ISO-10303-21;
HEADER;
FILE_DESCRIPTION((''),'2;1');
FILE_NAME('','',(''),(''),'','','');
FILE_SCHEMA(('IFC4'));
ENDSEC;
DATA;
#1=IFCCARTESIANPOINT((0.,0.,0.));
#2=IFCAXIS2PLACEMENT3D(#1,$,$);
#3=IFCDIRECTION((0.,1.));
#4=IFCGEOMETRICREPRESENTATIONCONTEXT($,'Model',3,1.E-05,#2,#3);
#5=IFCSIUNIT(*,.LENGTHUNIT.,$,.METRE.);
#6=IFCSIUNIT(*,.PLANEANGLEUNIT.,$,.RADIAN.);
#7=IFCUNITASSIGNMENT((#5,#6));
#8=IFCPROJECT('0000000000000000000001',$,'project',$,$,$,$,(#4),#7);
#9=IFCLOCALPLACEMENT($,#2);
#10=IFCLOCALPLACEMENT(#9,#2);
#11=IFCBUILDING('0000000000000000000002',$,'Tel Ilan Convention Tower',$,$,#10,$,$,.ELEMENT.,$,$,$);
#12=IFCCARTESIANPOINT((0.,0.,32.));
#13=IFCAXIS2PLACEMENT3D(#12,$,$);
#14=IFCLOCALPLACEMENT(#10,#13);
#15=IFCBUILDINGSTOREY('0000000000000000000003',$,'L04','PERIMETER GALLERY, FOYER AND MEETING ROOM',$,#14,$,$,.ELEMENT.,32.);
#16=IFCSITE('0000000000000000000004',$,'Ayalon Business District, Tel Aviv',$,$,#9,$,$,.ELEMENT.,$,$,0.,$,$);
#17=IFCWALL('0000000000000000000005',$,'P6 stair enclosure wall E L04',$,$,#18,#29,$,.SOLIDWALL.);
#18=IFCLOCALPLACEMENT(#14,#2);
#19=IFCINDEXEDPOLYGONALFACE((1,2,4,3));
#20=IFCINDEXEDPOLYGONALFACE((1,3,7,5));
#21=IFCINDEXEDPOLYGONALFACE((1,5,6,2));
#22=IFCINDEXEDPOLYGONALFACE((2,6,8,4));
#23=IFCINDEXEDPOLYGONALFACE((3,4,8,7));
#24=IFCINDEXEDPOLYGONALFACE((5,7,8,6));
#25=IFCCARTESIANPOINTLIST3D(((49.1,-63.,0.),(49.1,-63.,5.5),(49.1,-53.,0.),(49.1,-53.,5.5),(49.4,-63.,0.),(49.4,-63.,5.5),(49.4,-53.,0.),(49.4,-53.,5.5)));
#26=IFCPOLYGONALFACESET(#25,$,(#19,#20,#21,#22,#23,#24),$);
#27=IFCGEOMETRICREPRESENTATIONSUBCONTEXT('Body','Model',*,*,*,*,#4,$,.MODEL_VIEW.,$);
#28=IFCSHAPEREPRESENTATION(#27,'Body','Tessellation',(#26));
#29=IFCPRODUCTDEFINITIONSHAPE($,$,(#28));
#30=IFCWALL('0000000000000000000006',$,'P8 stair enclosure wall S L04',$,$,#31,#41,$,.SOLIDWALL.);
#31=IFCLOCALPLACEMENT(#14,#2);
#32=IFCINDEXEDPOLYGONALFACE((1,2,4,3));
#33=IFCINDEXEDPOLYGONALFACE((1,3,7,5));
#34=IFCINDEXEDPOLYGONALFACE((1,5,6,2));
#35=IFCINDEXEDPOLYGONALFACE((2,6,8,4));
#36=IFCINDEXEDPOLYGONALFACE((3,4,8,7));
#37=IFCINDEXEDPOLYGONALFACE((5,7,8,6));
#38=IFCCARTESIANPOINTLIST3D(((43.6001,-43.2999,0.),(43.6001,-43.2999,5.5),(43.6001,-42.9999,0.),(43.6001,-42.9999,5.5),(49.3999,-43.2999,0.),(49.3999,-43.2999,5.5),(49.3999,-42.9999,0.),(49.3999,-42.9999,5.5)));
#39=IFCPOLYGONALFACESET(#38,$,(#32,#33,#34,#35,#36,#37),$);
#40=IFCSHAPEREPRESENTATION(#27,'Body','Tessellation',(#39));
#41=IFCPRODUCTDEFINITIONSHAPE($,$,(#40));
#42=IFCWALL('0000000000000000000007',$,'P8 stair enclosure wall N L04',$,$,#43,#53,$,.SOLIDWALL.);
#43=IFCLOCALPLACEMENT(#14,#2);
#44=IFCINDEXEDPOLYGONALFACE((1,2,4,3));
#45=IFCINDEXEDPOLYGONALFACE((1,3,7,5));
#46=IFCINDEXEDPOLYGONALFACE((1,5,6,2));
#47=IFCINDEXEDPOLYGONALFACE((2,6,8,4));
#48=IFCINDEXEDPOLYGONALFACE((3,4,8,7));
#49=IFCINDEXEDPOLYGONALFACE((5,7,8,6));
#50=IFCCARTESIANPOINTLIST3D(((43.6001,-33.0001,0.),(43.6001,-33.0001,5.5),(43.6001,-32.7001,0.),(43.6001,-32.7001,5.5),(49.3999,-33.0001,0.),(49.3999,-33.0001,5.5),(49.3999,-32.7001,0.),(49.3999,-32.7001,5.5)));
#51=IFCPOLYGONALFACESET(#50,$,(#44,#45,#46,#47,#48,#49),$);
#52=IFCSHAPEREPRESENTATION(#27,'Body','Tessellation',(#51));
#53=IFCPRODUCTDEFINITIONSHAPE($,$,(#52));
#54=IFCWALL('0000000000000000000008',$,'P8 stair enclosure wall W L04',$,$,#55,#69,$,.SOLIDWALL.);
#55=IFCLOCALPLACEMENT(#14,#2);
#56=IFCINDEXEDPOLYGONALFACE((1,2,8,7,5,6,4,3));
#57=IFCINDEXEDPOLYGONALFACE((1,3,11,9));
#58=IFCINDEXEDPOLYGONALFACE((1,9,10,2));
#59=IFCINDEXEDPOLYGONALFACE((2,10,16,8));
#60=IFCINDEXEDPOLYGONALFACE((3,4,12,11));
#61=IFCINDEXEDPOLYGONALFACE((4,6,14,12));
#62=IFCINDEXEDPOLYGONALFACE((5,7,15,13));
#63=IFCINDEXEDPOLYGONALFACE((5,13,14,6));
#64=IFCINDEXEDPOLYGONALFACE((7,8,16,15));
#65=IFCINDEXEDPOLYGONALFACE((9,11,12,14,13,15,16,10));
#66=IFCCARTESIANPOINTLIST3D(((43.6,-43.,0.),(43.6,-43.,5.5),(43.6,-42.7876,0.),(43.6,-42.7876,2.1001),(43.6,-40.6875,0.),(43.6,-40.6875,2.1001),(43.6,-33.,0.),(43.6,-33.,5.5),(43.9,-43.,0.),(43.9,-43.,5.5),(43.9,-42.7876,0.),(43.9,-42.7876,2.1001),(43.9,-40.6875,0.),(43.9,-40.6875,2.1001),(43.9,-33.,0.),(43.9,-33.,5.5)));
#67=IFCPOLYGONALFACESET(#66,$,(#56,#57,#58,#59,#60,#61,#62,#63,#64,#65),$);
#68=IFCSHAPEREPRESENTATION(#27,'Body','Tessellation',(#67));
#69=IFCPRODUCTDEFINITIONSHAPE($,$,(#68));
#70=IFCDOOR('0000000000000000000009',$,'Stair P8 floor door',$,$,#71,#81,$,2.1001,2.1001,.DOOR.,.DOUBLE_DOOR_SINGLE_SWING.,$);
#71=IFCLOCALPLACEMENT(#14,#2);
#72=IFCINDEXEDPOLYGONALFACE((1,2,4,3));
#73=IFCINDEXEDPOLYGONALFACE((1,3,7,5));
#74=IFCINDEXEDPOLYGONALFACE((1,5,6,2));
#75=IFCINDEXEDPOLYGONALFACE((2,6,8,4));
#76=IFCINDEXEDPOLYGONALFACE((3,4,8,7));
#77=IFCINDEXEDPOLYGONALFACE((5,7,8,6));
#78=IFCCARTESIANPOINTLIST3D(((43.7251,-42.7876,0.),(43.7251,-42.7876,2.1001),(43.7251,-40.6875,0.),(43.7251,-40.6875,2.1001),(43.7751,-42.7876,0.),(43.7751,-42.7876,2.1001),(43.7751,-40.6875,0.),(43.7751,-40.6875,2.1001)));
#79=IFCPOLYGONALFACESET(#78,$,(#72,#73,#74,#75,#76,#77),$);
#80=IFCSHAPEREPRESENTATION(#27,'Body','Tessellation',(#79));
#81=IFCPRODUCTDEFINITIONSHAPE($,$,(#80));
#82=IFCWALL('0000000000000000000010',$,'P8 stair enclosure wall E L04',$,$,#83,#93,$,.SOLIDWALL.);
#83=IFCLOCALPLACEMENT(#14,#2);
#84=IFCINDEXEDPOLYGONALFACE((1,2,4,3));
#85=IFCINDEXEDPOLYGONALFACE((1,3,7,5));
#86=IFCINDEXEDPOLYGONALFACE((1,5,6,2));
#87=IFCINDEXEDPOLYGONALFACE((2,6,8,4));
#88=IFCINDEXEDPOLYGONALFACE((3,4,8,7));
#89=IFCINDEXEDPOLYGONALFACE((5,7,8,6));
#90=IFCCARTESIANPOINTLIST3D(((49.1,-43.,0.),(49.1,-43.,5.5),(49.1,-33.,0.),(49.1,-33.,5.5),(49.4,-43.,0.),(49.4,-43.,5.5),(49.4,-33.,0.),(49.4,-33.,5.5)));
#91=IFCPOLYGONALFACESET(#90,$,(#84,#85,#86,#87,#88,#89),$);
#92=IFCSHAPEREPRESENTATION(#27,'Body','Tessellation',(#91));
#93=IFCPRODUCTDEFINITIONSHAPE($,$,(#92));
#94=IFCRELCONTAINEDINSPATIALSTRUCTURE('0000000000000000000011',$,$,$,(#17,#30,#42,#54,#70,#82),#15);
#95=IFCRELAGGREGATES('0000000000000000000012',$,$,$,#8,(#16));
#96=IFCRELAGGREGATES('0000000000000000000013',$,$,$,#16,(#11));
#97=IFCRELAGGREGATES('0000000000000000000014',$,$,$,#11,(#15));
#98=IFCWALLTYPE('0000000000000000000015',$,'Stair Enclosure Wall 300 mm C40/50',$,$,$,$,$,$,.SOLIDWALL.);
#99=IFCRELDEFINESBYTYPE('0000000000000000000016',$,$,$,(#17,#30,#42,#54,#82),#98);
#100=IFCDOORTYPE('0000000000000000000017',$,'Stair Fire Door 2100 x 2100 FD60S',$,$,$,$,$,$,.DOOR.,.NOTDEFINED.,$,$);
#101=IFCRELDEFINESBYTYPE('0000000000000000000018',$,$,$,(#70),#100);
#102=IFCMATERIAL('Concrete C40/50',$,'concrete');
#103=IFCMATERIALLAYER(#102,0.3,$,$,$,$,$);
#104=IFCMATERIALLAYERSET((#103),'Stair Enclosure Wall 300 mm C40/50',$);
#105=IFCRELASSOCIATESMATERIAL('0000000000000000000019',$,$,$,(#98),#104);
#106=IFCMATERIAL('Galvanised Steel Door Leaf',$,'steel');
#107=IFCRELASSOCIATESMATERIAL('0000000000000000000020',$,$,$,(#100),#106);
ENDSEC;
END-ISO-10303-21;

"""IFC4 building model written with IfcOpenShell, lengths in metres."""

from ifc_helpers import new_model, si_unit, direction, frame, frame_2d, origin, place, context, subcontext, project, spatial, rectangle, extrude, material, layer, layer_set, type_object, element, fill, save


model = new_model("IFC4")

# Units and contexts
model_context = context("Model", 3, precision=1e-05, world=origin(), true_north=direction((0.0, 1.0)))
body_context = subcontext(model_context, "Body", "Model", "MODEL_VIEW")
ifc_project = project(units=[si_unit("LENGTHUNIT", "METRE"), si_unit("PLANEANGLEUNIT", "RADIAN")], contexts=[model_context])

# Site, building, storey
site_placement = place(None, origin())
site = spatial("IfcSite", under=ifc_project, at=site_placement, Name="Ayalon Business District, Tel Aviv", CompositionType="ELEMENT", RefElevation=0.0)
building_placement = place(site_placement, origin())
building = spatial("IfcBuilding", under=site, at=building_placement, Name="Tel Ilan Convention Tower", CompositionType="ELEMENT")
storey_placement = place(building_placement, frame((0.0, 0.0, 32.0)))
storey = spatial("IfcBuildingStorey", under=building, at=storey_placement, Name="L04", Description="PERIMETER GALLERY, FOYER AND MEETING ROOM", CompositionType="ELEMENT", Elevation=32.0)

# Shared definitions
ifc_material_1 = material(Name="Concrete C40/50", Category="concrete")
ifc_layer_1 = layer(ifc_material_1, 0.3)
ifc_layer_set_1 = layer_set([ifc_layer_1], Name="Stair Enclosure Wall 300 mm C40/50")
wall_type_1 = type_object("IfcWallType", Name="Stair Enclosure Wall 300 mm C40/50", PredefinedType="SOLIDWALL", material=ifc_layer_set_1)

# Shared definitions
ifc_material_2 = material(Name="Galvanised Steel Door Leaf", Category="steel")
door_type = type_object("IfcDoorType", Name="Stair Fire Door 2100 x 2100 FD60S", OperationType="NOTDEFINED", PredefinedType="DOOR", material=ifc_material_2)

# Walls
wall_1_placement = place(storey_placement, frame((49.25, -63.0, 0.0), z_axis=(0.0, 0.0, 1.0), x_axis=(0.0, 1.0, 0.0)))
element("IfcWall", 1, at=wall_1_placement, inside=storey, type_object=wall_type_1, Name="P6 stair enclosure wall E L04", PredefinedType="SOLIDWALL", context=body_context, shape_type="SweptSolid", body=[
    extrude(rectangle(XDim=10.0, YDim=0.3, at=frame_2d((5.0, 0.0))), origin(), (0.0, 0.0, 1.0), 5.5),
])
for number, where, z_axis, x_axis, name in (
    (2, (43.6001, -43.1499, 0.0), (0.0, 0.0, 1.0), (1.0, 0.0, 0.0), "P8 stair enclosure wall S L04"),
    (3, (43.6001, -32.8501, 0.0), (0.0, 0.0, 1.0), (1.0, 0.0, 0.0), "P8 stair enclosure wall N L04"),
):
    element("IfcWall", number, at=place(storey_placement, frame(where, z_axis=z_axis, x_axis=x_axis)), inside=storey, type_object=wall_type_1, Name=name, PredefinedType="SOLIDWALL", context=body_context, shape_type="SweptSolid", body=[
        extrude(rectangle(XDim=5.7998, YDim=0.3, at=frame_2d((2.8999, 0.0))), origin(), (0.0, 0.0, 1.0), 5.5),
    ])

# Wall, opening, door
wall_2_placement = place(storey_placement, frame((43.75, -43.0, 0.0), z_axis=(0.0, 0.0, 1.0), x_axis=(0.0, 1.0, 0.0)))
wall_2 = element("IfcWall", 4, at=wall_2_placement, inside=storey, type_object=wall_type_1, Name="P8 stair enclosure wall W L04", PredefinedType="SOLIDWALL", context=body_context, shape_type="SweptSolid", body=[
    extrude(rectangle(XDim=10.0, YDim=0.3, at=frame_2d((5.0, 0.0))), origin(), (0.0, 0.0, 1.0), 5.5),
])
opening_1_placement = place(wall_2_placement, frame((0.2124, 0.0, 0.0)))
opening_1 = element("IfcOpeningElement", 5, at=opening_1_placement, cuts=wall_2, PredefinedType="OPENING", context=body_context, shape_type="SweptSolid", body=[
    extrude(rectangle(XDim=2.1001, YDim=2.1001, at=frame_2d((1.05, 1.05))), frame((0.0, 0.1599, 0.0), z_axis=(0.0, -1.0, 0.0), x_axis=(1.0, 0.0, 0.0)), (0.0, 0.0, 1.0), 0.3201),
])
door_1_placement = place(opening_1_placement, origin())
door_1 = element("IfcDoor", 6, at=door_1_placement, inside=storey, type_object=door_type, Name="Stair P8 floor door", OperationType="DOUBLE_DOOR_SINGLE_SWING", OverallHeight=2.1001, OverallWidth=2.1001, PredefinedType="DOOR", context=body_context, shape_type="SweptSolid", body=[
    extrude(rectangle(XDim=2.1001, YDim=2.1001, at=frame_2d((1.05, 1.05))), frame((0.0, 0.0249, 0.0), z_axis=(0.0, -1.0, 0.0), x_axis=(1.0, 0.0, 0.0)), (0.0, 0.0, 1.0), 0.05),
])
fill(opening_1, door_1)

# Wall
wall_3_placement = place(storey_placement, frame((49.25, -43.0, 0.0), z_axis=(0.0, 0.0, 1.0), x_axis=(0.0, 1.0, 0.0)))
element("IfcWall", 7, at=wall_3_placement, inside=storey, type_object=wall_type_1, Name="P8 stair enclosure wall E L04", PredefinedType="SOLIDWALL", context=body_context, shape_type="SweptSolid", body=[
    extrude(rectangle(XDim=10.0, YDim=0.3, at=frame_2d((5.0, 0.0))), origin(), (0.0, 0.0, 1.0), 5.5),
])

save(model, "model.ifc")
